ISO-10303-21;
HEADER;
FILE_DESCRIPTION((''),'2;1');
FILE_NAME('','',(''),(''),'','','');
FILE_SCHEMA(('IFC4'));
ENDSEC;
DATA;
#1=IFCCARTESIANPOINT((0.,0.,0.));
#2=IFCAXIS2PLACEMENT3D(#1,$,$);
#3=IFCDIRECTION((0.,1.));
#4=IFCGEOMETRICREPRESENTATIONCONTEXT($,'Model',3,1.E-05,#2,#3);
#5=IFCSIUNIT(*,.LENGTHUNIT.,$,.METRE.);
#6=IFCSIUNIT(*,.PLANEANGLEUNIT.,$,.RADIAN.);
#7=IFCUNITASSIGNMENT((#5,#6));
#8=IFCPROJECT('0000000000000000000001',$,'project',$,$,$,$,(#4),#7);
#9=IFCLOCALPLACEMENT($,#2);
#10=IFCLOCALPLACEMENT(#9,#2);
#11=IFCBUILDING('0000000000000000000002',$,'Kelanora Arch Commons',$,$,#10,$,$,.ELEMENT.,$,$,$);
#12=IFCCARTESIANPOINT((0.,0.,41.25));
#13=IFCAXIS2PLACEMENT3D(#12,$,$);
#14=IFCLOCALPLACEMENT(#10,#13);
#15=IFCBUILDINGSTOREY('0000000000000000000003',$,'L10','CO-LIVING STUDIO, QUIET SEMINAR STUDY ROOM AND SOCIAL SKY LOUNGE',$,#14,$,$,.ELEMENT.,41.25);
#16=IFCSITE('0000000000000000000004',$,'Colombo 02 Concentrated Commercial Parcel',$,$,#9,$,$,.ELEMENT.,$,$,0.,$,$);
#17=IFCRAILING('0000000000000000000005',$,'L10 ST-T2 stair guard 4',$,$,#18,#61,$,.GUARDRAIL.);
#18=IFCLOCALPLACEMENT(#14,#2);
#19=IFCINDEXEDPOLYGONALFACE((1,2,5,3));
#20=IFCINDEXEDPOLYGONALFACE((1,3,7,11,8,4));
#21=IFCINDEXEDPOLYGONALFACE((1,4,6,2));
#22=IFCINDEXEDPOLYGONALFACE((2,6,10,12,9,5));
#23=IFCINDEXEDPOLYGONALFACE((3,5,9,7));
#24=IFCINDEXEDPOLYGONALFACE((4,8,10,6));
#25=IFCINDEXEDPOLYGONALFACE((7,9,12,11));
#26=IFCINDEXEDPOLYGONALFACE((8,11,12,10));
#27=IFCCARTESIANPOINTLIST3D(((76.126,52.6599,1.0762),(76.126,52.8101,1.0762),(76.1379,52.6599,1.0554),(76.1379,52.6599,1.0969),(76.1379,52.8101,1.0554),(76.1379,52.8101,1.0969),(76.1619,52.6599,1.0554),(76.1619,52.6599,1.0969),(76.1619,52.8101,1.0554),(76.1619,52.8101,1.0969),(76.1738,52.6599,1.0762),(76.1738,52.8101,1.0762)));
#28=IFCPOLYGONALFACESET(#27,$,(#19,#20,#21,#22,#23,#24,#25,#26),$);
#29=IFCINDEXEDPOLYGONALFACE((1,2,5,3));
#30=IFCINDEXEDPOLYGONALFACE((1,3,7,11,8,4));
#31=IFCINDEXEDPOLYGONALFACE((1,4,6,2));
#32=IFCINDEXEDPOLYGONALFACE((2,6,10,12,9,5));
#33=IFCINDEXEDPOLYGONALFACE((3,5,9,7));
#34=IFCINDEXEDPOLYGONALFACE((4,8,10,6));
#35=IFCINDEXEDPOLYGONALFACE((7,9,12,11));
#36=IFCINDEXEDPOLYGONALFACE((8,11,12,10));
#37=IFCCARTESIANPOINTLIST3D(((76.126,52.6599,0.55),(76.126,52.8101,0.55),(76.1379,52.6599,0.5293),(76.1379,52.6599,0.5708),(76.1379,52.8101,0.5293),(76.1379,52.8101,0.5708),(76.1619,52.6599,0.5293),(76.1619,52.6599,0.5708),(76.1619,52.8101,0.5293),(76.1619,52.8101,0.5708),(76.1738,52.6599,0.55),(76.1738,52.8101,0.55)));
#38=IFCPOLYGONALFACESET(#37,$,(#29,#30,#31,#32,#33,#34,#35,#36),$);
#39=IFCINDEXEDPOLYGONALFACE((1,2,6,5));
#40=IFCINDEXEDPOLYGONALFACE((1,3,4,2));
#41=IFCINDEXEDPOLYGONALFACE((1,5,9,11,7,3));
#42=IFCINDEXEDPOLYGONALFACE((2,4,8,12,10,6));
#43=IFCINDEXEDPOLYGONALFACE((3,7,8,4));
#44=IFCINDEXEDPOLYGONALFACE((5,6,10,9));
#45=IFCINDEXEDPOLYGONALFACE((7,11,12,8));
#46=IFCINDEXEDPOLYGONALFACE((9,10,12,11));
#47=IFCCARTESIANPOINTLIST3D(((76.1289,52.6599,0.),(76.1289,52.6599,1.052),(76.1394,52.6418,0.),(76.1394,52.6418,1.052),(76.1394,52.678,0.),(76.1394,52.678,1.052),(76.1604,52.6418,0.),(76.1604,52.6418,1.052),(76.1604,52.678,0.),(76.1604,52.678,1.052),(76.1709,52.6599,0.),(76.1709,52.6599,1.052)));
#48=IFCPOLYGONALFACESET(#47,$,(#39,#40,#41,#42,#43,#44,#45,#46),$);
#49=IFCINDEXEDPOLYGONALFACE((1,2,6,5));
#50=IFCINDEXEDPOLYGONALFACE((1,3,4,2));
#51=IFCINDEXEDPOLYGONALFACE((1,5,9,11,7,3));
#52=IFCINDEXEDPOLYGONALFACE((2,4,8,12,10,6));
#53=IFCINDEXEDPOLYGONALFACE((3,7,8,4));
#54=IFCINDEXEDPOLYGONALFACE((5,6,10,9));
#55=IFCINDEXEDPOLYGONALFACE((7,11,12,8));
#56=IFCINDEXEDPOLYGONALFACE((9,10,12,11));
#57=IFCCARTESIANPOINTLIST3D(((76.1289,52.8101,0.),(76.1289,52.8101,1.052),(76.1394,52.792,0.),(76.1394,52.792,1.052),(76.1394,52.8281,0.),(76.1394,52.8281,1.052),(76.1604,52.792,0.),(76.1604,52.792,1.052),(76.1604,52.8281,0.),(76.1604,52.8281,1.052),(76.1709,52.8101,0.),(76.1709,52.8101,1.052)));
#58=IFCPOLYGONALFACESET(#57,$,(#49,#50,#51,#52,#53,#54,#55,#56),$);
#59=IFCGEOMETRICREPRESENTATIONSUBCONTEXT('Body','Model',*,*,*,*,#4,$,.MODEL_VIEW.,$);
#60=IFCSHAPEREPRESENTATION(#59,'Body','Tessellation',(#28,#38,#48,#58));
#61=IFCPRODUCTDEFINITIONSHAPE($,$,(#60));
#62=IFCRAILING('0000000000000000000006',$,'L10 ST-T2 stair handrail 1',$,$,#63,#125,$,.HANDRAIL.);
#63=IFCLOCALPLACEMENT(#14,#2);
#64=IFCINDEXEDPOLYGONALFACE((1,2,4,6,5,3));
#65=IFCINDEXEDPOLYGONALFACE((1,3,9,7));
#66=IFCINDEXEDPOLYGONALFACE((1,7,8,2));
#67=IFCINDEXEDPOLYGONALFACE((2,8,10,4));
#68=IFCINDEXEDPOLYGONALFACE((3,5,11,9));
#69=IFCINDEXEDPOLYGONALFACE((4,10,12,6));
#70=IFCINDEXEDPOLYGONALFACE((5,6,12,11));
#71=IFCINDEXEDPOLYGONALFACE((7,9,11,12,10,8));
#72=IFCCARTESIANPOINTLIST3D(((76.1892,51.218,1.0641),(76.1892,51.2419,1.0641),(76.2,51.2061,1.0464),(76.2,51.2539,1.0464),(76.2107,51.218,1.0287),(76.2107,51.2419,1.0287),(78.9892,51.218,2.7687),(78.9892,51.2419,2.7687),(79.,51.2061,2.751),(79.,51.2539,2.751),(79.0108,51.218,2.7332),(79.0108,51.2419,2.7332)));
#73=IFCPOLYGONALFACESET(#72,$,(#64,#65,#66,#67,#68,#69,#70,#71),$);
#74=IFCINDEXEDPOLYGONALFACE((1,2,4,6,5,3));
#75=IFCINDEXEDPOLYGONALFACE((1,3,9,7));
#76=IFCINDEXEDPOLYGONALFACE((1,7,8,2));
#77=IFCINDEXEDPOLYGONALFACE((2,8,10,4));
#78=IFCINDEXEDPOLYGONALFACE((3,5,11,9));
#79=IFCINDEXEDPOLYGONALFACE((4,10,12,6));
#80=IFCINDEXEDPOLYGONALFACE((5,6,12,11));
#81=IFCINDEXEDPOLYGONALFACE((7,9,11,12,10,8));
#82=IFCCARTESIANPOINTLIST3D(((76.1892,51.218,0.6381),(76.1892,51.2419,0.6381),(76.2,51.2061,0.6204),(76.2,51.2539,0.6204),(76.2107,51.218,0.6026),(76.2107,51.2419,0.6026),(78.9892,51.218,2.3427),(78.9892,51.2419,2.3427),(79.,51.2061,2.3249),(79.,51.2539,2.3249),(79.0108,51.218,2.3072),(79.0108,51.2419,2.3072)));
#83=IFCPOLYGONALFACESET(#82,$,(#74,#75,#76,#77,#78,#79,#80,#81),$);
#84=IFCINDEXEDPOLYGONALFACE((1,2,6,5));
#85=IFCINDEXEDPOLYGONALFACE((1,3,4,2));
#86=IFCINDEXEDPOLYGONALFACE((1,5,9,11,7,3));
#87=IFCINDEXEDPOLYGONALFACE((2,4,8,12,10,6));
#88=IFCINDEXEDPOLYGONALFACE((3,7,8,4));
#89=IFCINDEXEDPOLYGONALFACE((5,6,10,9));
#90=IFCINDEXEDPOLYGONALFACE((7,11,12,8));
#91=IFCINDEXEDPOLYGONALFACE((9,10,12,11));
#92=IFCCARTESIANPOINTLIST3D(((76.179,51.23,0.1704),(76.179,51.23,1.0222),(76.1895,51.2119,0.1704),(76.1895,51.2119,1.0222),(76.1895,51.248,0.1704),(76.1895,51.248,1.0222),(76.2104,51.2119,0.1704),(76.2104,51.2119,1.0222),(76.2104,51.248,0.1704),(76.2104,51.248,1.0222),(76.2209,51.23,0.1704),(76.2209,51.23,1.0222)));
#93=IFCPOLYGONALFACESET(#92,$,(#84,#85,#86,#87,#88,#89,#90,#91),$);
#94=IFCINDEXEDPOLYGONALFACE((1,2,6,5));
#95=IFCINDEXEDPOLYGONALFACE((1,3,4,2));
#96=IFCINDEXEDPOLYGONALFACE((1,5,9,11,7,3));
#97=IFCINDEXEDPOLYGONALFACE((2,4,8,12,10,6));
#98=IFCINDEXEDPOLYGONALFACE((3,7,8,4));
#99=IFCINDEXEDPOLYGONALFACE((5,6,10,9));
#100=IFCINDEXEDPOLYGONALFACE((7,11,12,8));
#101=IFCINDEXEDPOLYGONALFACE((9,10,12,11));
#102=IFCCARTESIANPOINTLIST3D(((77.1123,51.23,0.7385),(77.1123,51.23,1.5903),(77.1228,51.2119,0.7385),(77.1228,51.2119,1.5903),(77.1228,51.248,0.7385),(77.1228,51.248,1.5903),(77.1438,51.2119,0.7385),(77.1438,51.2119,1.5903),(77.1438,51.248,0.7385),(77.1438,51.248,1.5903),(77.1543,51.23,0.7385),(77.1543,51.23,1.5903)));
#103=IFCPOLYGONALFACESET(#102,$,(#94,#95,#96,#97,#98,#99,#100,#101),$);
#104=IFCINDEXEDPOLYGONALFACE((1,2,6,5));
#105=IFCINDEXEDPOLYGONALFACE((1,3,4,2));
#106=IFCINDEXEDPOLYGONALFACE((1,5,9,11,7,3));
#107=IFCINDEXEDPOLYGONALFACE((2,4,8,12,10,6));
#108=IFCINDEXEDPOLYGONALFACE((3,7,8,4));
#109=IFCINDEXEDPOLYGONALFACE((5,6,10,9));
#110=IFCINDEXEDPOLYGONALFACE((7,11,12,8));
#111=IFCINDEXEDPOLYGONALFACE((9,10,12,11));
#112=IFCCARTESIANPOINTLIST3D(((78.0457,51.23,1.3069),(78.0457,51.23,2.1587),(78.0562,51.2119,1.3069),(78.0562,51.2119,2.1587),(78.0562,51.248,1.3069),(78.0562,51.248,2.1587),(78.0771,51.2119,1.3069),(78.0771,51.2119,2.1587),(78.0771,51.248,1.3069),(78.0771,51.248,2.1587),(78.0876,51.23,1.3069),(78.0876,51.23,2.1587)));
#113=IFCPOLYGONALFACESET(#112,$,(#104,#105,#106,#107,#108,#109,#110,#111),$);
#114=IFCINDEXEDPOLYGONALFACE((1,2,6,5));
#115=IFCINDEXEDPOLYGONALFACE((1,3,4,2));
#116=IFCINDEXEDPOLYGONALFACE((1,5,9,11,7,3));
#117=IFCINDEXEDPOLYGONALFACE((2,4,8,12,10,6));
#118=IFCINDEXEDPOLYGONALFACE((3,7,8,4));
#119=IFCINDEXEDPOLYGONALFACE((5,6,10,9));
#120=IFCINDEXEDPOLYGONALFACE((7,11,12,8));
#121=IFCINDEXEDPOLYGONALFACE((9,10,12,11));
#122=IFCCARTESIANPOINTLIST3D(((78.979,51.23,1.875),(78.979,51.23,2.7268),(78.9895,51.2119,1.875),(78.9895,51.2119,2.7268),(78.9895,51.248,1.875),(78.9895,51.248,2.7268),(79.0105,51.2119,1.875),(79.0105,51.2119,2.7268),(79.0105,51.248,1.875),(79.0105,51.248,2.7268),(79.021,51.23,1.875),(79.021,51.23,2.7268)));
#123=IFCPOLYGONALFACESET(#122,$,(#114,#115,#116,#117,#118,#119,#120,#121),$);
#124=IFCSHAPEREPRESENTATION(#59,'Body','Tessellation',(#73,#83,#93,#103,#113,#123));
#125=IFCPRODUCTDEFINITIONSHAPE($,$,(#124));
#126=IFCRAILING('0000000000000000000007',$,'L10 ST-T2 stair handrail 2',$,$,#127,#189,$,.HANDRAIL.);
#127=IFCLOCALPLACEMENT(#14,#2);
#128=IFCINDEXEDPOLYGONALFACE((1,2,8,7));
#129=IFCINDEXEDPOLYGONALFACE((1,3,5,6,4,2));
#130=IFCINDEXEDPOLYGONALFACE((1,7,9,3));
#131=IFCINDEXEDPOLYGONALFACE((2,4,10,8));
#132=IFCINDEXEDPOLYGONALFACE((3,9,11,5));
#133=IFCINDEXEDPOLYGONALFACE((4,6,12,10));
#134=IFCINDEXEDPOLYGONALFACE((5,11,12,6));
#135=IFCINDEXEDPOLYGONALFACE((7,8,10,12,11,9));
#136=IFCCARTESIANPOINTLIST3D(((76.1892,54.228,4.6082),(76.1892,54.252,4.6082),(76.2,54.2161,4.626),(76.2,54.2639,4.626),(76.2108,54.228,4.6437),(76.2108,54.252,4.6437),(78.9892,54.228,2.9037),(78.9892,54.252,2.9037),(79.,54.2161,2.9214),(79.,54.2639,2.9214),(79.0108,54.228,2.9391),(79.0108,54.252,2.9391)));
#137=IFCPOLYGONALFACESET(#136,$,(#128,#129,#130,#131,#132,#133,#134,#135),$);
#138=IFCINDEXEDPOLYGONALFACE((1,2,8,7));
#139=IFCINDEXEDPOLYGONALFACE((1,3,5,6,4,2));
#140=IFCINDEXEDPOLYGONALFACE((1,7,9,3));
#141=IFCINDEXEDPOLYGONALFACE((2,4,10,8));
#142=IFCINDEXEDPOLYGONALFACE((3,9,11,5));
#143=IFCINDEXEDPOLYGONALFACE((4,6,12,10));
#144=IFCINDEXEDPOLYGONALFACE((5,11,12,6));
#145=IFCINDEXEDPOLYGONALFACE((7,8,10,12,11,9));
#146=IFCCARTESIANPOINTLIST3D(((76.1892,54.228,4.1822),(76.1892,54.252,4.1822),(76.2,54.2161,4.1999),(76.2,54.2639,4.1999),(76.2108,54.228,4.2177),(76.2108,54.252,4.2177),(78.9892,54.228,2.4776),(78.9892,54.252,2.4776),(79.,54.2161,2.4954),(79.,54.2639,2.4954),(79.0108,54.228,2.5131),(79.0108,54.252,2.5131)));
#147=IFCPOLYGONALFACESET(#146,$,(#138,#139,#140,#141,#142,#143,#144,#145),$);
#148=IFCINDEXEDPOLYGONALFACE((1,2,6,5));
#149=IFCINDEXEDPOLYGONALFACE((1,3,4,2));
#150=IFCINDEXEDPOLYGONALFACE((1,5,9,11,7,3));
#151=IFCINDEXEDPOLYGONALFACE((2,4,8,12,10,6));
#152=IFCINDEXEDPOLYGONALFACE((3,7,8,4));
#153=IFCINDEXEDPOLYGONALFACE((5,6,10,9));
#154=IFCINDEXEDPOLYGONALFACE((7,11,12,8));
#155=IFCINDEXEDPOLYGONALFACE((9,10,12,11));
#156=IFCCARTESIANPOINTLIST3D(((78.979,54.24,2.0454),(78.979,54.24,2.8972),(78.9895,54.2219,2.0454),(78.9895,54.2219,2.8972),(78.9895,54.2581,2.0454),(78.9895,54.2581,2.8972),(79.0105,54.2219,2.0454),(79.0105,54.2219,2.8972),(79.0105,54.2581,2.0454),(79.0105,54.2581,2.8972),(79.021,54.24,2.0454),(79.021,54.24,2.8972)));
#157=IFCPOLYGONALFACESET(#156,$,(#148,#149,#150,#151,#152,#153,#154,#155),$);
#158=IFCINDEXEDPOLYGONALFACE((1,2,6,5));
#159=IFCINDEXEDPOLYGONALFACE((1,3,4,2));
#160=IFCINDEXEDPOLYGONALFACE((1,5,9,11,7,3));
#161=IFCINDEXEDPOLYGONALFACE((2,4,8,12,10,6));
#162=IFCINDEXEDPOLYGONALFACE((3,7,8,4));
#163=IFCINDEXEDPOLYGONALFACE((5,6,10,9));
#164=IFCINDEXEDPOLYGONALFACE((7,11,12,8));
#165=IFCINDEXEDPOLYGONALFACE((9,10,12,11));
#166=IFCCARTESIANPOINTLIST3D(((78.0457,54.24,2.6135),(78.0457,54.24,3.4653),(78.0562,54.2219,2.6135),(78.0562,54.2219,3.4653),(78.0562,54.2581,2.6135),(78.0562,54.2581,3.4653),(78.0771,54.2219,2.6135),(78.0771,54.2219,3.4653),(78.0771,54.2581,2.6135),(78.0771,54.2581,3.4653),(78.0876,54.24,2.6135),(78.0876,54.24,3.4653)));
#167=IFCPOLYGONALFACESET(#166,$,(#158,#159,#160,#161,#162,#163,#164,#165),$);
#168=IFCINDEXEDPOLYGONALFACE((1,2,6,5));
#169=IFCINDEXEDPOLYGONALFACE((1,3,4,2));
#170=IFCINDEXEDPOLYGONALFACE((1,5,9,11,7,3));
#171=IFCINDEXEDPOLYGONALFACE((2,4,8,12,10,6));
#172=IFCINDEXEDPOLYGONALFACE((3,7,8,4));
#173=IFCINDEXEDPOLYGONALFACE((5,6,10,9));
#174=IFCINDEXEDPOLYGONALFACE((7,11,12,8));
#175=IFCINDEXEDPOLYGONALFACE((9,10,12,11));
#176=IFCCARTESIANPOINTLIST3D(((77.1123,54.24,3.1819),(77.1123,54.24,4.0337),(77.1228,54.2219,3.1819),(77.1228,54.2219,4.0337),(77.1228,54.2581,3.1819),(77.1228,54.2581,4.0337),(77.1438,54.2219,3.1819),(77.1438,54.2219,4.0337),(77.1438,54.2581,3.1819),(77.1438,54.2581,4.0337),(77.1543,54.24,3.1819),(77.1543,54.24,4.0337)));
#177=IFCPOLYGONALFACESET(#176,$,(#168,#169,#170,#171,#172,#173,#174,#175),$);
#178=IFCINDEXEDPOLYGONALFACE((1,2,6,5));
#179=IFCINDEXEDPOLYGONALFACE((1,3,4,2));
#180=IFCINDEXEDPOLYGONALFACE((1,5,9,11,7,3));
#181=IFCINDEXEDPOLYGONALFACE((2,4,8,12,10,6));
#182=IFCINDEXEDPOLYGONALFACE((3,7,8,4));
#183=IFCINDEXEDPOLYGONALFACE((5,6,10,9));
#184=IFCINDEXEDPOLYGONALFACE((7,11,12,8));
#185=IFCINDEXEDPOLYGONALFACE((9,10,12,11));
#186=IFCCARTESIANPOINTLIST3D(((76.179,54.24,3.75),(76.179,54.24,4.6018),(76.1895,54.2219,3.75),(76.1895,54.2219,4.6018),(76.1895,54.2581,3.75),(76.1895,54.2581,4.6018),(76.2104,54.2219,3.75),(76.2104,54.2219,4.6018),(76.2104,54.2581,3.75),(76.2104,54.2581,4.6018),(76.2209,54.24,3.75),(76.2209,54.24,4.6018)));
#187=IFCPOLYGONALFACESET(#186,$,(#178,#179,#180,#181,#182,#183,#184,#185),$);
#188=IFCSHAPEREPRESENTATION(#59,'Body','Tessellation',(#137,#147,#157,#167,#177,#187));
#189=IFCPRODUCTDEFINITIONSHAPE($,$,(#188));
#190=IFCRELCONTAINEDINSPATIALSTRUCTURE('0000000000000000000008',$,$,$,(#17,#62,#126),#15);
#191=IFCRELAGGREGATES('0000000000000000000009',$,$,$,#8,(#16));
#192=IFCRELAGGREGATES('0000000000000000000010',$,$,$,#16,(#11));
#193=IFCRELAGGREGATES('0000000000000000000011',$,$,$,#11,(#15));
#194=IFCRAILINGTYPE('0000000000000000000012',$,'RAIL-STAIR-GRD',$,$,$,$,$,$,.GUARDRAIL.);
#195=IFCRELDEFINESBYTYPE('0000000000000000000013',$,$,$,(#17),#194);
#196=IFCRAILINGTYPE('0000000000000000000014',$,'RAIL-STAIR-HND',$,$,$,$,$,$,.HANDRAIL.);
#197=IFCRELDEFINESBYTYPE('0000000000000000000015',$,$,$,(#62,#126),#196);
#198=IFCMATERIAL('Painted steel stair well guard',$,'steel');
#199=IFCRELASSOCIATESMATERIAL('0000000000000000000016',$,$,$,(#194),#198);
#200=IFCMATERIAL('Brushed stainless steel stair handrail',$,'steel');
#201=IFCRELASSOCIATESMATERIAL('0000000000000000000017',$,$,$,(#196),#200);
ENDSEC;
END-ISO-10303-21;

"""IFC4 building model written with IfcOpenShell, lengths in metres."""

from ifc_helpers import new_model, si_unit, direction, frame, origin, place, context, subcontext, project, spatial, polyline, outline, extrude, material, type_object, element, save


model = new_model("IFC4")

# Units and contexts
model_context = context("Model", 3, precision=1e-05, world=origin(), true_north=direction((0.0, 1.0)))
body_context = subcontext(model_context, "Body", "Model", "MODEL_VIEW")
ifc_project = project(units=[si_unit("LENGTHUNIT", "METRE"), si_unit("PLANEANGLEUNIT", "RADIAN")], contexts=[model_context])

# Site, building, storey
site_placement = place(None, origin())
site = spatial("IfcSite", under=ifc_project, at=site_placement, Name="Colombo 02 Concentrated Commercial Parcel", CompositionType="ELEMENT", RefElevation=0.0)
building_placement = place(site_placement, origin())
building = spatial("IfcBuilding", under=site, at=building_placement, Name="Kelanora Arch Commons", CompositionType="ELEMENT")
storey_placement = place(building_placement, frame((0.0, 0.0, 41.25)))
storey = spatial("IfcBuildingStorey", under=building, at=storey_placement, Name="L10", Description="CO-LIVING STUDIO, QUIET SEMINAR STUDY ROOM AND SOCIAL SKY LOUNGE", CompositionType="ELEMENT", Elevation=41.25)

# Railings
ifc_material_1 = material(Name="Painted steel stair well guard", Category="steel")
railing_type_1 = type_object("IfcRailingType", Name="RAIL-STAIR-GRD", PredefinedType="GUARDRAIL", material=ifc_material_1)
railing_1_placement = place(storey_placement, frame((76.1499, 52.6599, 0.0)))
element("IfcRailing", 1, at=railing_1_placement, inside=storey, type_object=railing_type_1, Name="L10 ST-T2 stair guard 4", PredefinedType="GUARDRAIL", context=body_context, shape_type="SweptSolid", body=[
    extrude(outline(polyline([(0.0239, 0.0), (0.012, 0.0208), (-0.012, 0.0208), (-0.0239, 0.0), (-0.012, -0.0208), (0.012, -0.0208), (0.0239, 0.0)])), frame((0.0, 0.0, 1.0762), z_axis=(0.0, 1.0, 0.0), x_axis=(-1.0, 0.0, 0.0)), (0.0, 0.0, 1.0), 0.1501),
    extrude(outline(polyline([(0.0239, 0.0), (0.012, 0.0208), (-0.012, 0.0208), (-0.0239, 0.0), (-0.012, -0.0208), (0.012, -0.0208), (0.0239, 0.0)])), frame((0.0, 0.0, 0.55), z_axis=(0.0, 1.0, 0.0), x_axis=(-1.0, 0.0, 0.0)), (0.0, 0.0, 1.0), 0.1501),
    extrude(outline(polyline([(0.021, 0.0), (0.0105, 0.0181), (-0.0105, 0.0181), (-0.021, 0.0), (-0.0105, -0.0181), (0.0105, -0.0181), (0.021, 0.0)])), origin(), (0.0, 0.0, 1.0), 1.052),
    extrude(outline(polyline([(0.021, 0.0), (0.0105, 0.0181), (-0.0105, 0.0181), (-0.021, 0.0), (-0.0105, -0.0181), (0.0105, -0.0181), (0.021, 0.0)])), frame((0.0, 0.1501, 0.0)), (0.0, 0.0, 1.0), 1.052),
])
ifc_material_2 = material(Name="Brushed stainless steel stair handrail", Category="steel")
railing_type_2 = type_object("IfcRailingType", Name="RAIL-STAIR-HND", PredefinedType="HANDRAIL", material=ifc_material_2)
railing_2_placement = place(storey_placement, frame((76.2, 51.23, 0.1704)))
element("IfcRailing", 2, at=railing_2_placement, inside=storey, type_object=railing_type_2, Name="L10 ST-T2 stair handrail 1", PredefinedType="HANDRAIL", context=body_context, shape_type="SweptSolid", body=[
    extrude(outline(polyline([(0.0239, 0.0), (0.012, 0.0208), (-0.012, 0.0208), (-0.0239, 0.0), (-0.012, -0.0208), (0.012, -0.0208), (0.0239, 0.0)])), frame((0.0, 0.0, 0.876), z_axis=(0.85417, 0.0, 0.519994), x_axis=(0.0, 1.0, 0.0)), (0.0, 0.0, 1.0), 3.2781),
    extrude(outline(polyline([(0.0239, 0.0), (0.012, 0.0208), (-0.012, 0.0208), (-0.0239, 0.0), (-0.012, -0.0208), (0.012, -0.0208), (0.0239, 0.0)])), frame((0.0, 0.0, 0.45), z_axis=(0.85417, 0.0, 0.519994), x_axis=(0.0, 1.0, 0.0)), (0.0, 0.0, 1.0), 3.2781),
    extrude(outline(polyline([(0.021, 0.0), (0.0105, 0.0181), (-0.0105, 0.0181), (-0.021, 0.0), (-0.0105, -0.0181), (0.0105, -0.0181), (0.021, 0.0)])), origin(), (0.0, 0.0, 1.0), 0.8518),
    extrude(outline(polyline([(0.021, 0.0), (0.0105, 0.0181), (-0.0105, 0.0181), (-0.021, 0.0), (-0.0105, -0.0181), (0.0105, -0.0181), (0.021, 0.0)])), frame((0.9333, 0.0, 0.5681)), (0.0, 0.0, 1.0), 0.8518),
    extrude(outline(polyline([(0.021, 0.0), (0.0105, 0.0181), (-0.0105, 0.0181), (-0.021, 0.0), (-0.0105, -0.0181), (0.0105, -0.0181), (0.021, 0.0)])), frame((1.8667, 0.0, 1.1365)), (0.0, 0.0, 1.0), 0.8518),
    extrude(outline(polyline([(0.021, 0.0), (0.0105, 0.0181), (-0.0105, 0.0181), (-0.021, 0.0), (-0.0105, -0.0181), (0.0105, -0.0181), (0.021, 0.0)])), frame((2.8, 0.0, 1.7046)), (0.0, 0.0, 1.0), 0.8518),
])
railing_3_placement = place(storey_placement, frame((79.0, 54.24, 2.0454)))
element("IfcRailing", 3, at=railing_3_placement, inside=storey, type_object=railing_type_2, Name="L10 ST-T2 stair handrail 2", PredefinedType="HANDRAIL", context=body_context, shape_type="SweptSolid", body=[
    extrude(outline(polyline([(0.0239, 0.0), (0.012, 0.0208), (-0.012, 0.0208), (-0.0239, 0.0), (-0.012, -0.0208), (0.012, -0.0208), (0.0239, 0.0)])), frame((0.0, 0.0, 0.876), z_axis=(-0.85417, 0.0, 0.519994), x_axis=(0.0, -1.0, 0.0)), (0.0, 0.0, 1.0), 3.2781),
    extrude(outline(polyline([(0.0239, 0.0), (0.012, 0.0208), (-0.012, 0.0208), (-0.0239, 0.0), (-0.012, -0.0208), (0.012, -0.0208), (0.0239, 0.0)])), frame((0.0, 0.0, 0.45), z_axis=(-0.85417, 0.0, 0.519994), x_axis=(0.0, -1.0, 0.0)), (0.0, 0.0, 1.0), 3.2781),
    extrude(outline(polyline([(0.021, 0.0), (0.0105, 0.0181), (-0.0105, 0.0181), (-0.021, 0.0), (-0.0105, -0.0181), (0.0105, -0.0181), (0.021, 0.0)])), origin(), (0.0, 0.0, 1.0), 0.8518),
    extrude(outline(polyline([(0.021, 0.0), (0.0105, 0.0181), (-0.0105, 0.0181), (-0.021, 0.0), (-0.0105, -0.0181), (0.0105, -0.0181), (0.021, 0.0)])), frame((-0.9333, 0.0, 0.5681)), (0.0, 0.0, 1.0), 0.8518),
    extrude(outline(polyline([(0.021, 0.0), (0.0105, 0.0181), (-0.0105, 0.0181), (-0.021, 0.0), (-0.0105, -0.0181), (0.0105, -0.0181), (0.021, 0.0)])), frame((-1.8667, 0.0, 1.1365)), (0.0, 0.0, 1.0), 0.8518),
    extrude(outline(polyline([(0.021, 0.0), (0.0105, 0.0181), (-0.0105, 0.0181), (-0.021, 0.0), (-0.0105, -0.0181), (0.0105, -0.0181), (0.021, 0.0)])), frame((-2.8, 0.0, 1.7046)), (0.0, 0.0, 1.0), 0.8518),
])

save(model, "model.ifc")
